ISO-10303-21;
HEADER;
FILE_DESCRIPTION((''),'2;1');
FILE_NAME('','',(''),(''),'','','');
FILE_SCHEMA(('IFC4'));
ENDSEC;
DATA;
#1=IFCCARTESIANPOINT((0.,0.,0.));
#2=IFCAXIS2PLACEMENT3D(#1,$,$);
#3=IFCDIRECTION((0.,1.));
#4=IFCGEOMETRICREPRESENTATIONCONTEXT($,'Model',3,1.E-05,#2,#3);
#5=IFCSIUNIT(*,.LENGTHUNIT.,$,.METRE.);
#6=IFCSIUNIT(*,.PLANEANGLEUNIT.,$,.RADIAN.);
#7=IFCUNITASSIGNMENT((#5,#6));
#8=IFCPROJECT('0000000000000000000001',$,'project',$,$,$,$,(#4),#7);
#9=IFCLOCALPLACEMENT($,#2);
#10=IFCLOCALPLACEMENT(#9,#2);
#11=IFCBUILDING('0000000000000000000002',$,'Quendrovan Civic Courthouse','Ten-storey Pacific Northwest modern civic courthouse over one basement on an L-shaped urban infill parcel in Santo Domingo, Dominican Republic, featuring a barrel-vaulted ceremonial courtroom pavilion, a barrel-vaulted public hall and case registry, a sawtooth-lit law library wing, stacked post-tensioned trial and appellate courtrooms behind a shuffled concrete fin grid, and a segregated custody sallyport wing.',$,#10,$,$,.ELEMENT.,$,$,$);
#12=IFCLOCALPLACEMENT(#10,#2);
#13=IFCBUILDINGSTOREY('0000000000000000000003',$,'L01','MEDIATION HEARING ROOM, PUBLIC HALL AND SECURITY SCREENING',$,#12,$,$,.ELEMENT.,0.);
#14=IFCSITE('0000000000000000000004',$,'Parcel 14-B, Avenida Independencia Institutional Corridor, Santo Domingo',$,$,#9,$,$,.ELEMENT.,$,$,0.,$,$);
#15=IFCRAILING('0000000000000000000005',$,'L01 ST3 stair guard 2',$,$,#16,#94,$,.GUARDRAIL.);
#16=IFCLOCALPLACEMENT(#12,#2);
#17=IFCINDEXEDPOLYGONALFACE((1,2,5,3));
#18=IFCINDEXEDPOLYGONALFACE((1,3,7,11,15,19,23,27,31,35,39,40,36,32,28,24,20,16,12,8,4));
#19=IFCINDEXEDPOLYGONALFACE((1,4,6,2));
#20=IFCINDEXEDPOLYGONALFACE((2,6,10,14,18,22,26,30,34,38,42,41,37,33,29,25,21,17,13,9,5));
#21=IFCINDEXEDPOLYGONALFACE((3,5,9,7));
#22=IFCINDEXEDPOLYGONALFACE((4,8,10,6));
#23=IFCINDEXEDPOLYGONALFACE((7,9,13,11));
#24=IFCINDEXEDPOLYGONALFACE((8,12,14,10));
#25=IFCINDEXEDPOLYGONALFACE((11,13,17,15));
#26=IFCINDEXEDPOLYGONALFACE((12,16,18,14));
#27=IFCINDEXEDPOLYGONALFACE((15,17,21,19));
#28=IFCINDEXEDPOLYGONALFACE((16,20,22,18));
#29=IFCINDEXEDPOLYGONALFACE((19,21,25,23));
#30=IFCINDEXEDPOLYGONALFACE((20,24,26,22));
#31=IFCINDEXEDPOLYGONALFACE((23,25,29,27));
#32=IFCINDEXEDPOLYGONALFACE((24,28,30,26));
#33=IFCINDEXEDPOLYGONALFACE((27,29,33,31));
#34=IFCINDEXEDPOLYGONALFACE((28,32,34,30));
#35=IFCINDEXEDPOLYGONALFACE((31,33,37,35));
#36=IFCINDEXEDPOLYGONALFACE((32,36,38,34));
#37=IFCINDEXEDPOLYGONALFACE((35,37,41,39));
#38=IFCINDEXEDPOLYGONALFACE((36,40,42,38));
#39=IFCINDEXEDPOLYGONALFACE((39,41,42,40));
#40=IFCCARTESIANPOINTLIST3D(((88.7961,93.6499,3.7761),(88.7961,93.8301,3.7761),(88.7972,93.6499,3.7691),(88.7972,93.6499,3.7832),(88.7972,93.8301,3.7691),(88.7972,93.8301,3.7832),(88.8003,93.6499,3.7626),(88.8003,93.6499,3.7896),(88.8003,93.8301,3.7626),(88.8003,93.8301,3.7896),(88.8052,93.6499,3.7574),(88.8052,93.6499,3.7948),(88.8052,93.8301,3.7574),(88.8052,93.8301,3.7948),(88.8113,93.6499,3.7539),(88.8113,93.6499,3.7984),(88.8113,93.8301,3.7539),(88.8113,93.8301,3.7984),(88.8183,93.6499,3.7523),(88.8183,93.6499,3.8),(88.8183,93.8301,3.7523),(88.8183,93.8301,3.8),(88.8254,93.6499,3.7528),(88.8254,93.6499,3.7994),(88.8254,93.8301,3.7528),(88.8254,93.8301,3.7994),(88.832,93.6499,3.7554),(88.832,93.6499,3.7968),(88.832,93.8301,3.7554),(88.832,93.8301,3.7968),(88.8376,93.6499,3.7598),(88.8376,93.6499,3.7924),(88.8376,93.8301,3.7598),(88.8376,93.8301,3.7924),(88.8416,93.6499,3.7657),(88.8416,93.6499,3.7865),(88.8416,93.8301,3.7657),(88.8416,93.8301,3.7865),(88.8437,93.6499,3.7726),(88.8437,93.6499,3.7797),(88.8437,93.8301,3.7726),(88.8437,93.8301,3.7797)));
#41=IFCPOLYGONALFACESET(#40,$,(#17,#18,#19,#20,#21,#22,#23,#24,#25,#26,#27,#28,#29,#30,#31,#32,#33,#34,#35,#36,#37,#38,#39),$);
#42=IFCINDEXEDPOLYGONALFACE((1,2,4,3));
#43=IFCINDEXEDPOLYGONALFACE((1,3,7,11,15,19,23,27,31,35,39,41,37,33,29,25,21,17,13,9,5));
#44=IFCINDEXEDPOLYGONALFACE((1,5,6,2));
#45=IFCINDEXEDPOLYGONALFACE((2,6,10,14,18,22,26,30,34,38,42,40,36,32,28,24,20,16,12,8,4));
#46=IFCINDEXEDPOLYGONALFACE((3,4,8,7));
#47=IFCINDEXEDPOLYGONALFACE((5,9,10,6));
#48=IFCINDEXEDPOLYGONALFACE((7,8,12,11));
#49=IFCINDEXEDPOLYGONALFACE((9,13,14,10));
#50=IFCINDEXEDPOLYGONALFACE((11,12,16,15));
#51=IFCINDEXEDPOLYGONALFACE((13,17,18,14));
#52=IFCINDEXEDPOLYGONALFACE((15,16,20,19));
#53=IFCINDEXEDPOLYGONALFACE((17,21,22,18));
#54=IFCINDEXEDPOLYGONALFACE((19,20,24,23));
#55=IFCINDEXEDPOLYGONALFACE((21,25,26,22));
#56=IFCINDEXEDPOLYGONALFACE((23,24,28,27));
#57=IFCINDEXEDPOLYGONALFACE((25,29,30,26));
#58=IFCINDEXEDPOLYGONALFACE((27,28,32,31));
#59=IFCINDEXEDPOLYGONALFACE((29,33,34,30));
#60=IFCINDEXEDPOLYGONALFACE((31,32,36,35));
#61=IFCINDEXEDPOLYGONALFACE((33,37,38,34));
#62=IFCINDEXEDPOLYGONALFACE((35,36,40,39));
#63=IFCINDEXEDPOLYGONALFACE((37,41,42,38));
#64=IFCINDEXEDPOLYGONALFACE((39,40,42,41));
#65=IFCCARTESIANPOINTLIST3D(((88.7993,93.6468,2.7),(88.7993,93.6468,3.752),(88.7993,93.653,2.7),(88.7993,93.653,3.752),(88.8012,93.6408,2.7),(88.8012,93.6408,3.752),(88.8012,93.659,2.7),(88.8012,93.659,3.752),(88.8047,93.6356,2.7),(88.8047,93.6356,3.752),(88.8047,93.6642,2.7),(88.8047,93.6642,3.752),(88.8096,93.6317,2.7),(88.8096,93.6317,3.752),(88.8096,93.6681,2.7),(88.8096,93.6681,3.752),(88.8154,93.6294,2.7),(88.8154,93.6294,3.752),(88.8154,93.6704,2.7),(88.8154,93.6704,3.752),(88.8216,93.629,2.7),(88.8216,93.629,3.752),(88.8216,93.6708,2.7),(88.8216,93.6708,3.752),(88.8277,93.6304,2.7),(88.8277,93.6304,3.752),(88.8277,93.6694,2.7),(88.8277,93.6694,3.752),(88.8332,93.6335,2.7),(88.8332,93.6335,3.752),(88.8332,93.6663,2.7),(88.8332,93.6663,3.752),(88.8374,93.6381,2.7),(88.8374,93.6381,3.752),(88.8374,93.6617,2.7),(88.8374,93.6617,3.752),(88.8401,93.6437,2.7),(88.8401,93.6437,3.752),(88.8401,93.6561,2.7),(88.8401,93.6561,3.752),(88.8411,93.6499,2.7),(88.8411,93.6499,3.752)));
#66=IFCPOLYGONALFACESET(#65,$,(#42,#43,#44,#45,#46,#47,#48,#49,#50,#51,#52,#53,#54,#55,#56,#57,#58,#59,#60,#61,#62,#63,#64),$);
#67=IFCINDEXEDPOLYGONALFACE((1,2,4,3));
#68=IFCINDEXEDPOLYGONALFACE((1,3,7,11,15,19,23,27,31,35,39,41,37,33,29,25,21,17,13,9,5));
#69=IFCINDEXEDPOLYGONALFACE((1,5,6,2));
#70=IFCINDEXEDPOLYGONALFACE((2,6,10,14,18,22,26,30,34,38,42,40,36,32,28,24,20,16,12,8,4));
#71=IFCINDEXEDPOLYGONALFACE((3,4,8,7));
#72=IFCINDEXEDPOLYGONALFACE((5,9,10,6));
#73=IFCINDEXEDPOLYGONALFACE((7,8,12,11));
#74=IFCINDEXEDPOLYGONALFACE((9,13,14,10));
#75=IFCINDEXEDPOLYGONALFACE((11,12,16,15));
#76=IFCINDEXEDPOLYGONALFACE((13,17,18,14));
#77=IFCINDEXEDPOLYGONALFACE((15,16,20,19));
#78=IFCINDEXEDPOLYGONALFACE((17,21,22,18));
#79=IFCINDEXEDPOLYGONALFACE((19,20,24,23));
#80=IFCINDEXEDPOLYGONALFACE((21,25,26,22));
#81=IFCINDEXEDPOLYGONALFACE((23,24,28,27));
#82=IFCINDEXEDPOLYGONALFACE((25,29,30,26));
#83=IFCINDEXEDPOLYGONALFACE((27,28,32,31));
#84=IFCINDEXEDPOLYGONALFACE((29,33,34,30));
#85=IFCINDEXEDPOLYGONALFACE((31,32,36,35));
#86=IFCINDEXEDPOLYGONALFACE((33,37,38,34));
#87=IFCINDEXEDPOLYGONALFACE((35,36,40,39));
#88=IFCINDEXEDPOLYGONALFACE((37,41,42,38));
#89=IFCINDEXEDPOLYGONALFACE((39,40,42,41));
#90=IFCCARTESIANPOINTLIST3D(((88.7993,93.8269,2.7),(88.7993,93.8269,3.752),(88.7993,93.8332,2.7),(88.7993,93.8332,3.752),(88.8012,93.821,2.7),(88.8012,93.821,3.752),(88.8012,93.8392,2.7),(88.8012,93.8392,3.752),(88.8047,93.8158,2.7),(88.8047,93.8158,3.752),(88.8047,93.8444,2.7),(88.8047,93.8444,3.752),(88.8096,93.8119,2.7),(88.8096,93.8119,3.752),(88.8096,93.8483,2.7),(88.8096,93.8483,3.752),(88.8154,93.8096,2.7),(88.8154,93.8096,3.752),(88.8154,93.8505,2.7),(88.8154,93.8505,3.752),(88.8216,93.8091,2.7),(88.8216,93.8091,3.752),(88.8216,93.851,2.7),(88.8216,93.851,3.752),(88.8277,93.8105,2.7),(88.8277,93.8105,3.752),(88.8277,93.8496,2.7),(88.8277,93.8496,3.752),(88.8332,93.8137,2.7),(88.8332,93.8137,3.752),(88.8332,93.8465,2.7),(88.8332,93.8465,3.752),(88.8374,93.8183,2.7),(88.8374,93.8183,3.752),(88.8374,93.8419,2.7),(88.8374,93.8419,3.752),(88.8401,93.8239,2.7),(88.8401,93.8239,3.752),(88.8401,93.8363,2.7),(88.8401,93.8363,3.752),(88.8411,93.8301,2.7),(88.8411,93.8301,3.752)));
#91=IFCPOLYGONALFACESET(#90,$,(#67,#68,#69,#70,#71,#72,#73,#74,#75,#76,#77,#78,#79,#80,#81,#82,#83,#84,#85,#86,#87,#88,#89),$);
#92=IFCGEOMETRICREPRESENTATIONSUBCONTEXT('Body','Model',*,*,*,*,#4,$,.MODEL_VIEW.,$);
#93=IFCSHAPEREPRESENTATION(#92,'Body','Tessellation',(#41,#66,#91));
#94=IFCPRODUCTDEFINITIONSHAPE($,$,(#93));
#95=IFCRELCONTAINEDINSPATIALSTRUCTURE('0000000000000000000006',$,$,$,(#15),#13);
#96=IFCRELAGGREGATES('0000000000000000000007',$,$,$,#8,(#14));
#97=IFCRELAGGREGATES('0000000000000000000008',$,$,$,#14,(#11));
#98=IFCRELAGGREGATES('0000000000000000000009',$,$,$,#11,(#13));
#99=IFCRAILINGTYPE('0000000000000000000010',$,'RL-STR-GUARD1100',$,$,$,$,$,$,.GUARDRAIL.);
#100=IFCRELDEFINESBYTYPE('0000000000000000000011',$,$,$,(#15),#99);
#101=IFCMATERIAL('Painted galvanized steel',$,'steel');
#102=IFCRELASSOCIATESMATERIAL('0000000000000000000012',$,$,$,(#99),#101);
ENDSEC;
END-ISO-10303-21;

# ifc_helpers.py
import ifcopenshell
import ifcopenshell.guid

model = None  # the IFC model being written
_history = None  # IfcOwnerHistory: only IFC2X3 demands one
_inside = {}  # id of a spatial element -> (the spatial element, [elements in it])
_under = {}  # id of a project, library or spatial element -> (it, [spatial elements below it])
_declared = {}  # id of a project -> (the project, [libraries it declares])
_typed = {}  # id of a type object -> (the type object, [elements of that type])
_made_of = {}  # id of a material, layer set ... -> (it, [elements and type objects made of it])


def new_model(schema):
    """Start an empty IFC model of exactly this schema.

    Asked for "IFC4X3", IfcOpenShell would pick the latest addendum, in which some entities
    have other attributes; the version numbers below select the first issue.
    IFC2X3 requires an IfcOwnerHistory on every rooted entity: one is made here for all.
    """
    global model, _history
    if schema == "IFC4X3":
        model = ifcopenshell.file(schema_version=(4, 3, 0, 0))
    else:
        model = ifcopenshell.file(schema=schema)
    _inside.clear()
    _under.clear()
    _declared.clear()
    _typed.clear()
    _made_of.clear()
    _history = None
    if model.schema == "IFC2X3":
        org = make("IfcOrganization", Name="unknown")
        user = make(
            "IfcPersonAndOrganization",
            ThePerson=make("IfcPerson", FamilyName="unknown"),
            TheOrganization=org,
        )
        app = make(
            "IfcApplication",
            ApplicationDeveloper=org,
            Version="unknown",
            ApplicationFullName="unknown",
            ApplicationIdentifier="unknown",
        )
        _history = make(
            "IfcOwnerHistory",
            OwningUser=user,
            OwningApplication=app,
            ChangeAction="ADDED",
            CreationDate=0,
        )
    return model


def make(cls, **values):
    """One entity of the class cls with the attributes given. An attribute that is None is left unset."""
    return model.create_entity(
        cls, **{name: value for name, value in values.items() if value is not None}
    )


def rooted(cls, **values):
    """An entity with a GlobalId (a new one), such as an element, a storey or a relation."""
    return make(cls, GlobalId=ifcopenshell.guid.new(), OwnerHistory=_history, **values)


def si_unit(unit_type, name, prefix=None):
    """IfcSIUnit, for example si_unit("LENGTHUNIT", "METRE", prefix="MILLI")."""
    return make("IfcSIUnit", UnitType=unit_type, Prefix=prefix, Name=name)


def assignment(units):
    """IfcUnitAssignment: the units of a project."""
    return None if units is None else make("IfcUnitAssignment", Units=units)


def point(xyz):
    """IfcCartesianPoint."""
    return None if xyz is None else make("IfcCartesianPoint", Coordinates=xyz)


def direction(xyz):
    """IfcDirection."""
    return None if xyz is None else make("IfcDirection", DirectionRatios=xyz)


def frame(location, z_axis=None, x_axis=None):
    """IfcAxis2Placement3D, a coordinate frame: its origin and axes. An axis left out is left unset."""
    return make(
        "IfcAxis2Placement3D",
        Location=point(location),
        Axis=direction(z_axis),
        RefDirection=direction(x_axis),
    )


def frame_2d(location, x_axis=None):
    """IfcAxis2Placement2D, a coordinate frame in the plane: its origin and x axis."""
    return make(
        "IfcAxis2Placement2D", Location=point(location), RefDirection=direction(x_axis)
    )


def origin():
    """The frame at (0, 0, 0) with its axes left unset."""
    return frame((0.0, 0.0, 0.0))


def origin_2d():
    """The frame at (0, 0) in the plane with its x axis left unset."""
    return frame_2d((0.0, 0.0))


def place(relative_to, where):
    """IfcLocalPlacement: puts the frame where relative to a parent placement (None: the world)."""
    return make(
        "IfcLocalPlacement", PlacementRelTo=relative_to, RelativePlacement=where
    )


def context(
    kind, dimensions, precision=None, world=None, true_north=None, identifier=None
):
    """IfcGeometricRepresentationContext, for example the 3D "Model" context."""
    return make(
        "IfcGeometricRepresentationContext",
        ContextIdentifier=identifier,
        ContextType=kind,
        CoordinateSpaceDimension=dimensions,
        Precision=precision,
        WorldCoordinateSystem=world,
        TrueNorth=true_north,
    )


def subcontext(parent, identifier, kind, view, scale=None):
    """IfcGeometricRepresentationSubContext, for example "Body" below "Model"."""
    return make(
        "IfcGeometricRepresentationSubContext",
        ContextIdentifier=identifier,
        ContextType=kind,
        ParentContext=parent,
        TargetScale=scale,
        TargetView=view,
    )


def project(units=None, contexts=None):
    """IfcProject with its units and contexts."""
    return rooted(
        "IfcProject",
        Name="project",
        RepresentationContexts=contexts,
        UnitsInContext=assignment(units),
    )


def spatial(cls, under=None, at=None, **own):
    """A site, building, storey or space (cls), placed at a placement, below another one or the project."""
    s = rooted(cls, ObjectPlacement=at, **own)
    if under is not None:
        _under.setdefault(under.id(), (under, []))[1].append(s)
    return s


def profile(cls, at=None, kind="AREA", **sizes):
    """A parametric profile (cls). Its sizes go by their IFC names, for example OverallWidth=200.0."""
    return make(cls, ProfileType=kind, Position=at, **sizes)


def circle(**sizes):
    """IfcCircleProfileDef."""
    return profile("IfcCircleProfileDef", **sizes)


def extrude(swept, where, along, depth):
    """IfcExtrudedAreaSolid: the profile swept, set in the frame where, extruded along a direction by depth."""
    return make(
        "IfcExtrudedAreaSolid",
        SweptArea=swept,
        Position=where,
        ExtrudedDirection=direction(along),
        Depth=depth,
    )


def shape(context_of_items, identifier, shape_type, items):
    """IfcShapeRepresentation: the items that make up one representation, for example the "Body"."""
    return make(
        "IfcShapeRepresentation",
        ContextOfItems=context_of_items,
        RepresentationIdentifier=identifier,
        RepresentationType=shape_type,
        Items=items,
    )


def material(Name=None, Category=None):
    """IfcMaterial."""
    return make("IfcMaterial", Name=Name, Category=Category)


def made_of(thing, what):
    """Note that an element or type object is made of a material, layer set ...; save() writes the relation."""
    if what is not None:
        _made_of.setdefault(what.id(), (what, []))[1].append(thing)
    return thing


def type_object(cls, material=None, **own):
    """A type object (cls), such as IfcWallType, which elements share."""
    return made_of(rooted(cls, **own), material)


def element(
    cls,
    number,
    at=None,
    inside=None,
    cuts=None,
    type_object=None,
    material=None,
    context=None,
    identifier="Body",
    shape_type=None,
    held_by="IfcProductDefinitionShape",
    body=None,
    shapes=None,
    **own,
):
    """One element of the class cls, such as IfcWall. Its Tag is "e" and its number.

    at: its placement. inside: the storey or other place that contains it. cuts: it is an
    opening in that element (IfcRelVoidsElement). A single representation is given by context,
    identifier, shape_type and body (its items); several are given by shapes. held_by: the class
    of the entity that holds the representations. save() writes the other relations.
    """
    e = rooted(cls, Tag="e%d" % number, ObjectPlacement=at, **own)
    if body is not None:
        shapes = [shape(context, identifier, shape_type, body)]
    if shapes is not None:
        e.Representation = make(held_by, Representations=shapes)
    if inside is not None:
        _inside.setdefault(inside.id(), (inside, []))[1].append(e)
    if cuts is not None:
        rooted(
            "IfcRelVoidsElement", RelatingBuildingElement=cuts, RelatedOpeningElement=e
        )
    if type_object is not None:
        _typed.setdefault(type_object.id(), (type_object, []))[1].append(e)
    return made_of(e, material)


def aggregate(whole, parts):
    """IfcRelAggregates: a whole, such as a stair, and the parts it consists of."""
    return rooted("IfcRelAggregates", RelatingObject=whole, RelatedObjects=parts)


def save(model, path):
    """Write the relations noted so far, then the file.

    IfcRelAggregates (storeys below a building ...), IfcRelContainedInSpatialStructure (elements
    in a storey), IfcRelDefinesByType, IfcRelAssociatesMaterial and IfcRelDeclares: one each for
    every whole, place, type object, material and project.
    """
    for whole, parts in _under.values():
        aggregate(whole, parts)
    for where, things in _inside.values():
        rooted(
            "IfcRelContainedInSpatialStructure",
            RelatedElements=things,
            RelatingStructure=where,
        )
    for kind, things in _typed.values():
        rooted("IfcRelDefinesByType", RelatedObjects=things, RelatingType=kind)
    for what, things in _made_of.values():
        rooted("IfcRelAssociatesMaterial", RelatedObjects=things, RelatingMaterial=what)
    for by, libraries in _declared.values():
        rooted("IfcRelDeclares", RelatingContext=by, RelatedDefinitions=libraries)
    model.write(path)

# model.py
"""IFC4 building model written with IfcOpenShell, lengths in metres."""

from ifc_helpers import new_model, si_unit, direction, frame, origin, origin_2d, place, context, subcontext, project, spatial, circle, extrude, material, type_object, element, save


model = new_model("IFC4")

# Units and contexts
model_context = context("Model", 3, precision=1e-05, world=origin(), true_north=direction((0.0, 1.0)))
body_context = subcontext(model_context, "Body", "Model", "MODEL_VIEW")
ifc_project = project(units=[si_unit("LENGTHUNIT", "METRE"), si_unit("PLANEANGLEUNIT", "RADIAN")], contexts=[model_context])

# Site, building, storey
site_placement = place(None, origin())
site = spatial("IfcSite", under=ifc_project, at=site_placement, Name="Parcel 14-B, Avenida Independencia Institutional Corridor, Santo Domingo", CompositionType="ELEMENT", RefElevation=0.0)
building_placement = place(site_placement, origin())
building = spatial("IfcBuilding", under=site, at=building_placement, Name="Quendrovan Civic Courthouse", Description="Ten-storey Pacific Northwest modern civic courthouse over one basement on an L-shaped urban infill parcel in Santo Domingo, Dominican Republic, featuring a barrel-vaulted ceremonial courtroom pavilion, a barrel-vaulted public hall and case registry, a sawtooth-lit law library wing, stacked post-tensioned trial and appellate courtrooms behind a shuffled concrete fin grid, and a segregated custody sallyport wing.", CompositionType="ELEMENT")
storey_placement = place(building_placement, origin())
storey = spatial("IfcBuildingStorey", under=building, at=storey_placement, Name="L01", Description="MEDIATION HEARING ROOM, PUBLIC HALL AND SECURITY SCREENING", CompositionType="ELEMENT", Elevation=0.0)

# Railing
ifc_material_1 = material(Name="Painted galvanized steel", Category="steel")
railing_type_1 = type_object("IfcRailingType", Name="RL-STR-GUARD1100", PredefinedType="GUARDRAIL", material=ifc_material_1)
railing_1_placement = place(storey_placement, frame((88.8201, 93.6499, 2.7)))
element("IfcRailing", 1, at=railing_1_placement, inside=storey, type_object=railing_type_1, Name="L01 ST3 stair guard 2", PredefinedType="GUARDRAIL", context=body_context, shape_type="SweptSolid", body=[
    extrude(circle(Radius=0.0239, at=origin_2d()), frame((0.0, 0.0, 1.0762), z_axis=(0.0, 1.0, 0.0), x_axis=(-1.0, 0.0, 0.0)), (0.0, 0.0, 1.0), 0.1802),
    extrude(circle(Radius=0.021, at=origin_2d()), origin(), (0.0, 0.0, 1.0), 1.052),
    extrude(circle(Radius=0.021, at=origin_2d()), frame((0.0, 0.1802, 0.0)), (0.0, 0.0, 1.0), 1.052),
])

save(model, "model.ifc")
